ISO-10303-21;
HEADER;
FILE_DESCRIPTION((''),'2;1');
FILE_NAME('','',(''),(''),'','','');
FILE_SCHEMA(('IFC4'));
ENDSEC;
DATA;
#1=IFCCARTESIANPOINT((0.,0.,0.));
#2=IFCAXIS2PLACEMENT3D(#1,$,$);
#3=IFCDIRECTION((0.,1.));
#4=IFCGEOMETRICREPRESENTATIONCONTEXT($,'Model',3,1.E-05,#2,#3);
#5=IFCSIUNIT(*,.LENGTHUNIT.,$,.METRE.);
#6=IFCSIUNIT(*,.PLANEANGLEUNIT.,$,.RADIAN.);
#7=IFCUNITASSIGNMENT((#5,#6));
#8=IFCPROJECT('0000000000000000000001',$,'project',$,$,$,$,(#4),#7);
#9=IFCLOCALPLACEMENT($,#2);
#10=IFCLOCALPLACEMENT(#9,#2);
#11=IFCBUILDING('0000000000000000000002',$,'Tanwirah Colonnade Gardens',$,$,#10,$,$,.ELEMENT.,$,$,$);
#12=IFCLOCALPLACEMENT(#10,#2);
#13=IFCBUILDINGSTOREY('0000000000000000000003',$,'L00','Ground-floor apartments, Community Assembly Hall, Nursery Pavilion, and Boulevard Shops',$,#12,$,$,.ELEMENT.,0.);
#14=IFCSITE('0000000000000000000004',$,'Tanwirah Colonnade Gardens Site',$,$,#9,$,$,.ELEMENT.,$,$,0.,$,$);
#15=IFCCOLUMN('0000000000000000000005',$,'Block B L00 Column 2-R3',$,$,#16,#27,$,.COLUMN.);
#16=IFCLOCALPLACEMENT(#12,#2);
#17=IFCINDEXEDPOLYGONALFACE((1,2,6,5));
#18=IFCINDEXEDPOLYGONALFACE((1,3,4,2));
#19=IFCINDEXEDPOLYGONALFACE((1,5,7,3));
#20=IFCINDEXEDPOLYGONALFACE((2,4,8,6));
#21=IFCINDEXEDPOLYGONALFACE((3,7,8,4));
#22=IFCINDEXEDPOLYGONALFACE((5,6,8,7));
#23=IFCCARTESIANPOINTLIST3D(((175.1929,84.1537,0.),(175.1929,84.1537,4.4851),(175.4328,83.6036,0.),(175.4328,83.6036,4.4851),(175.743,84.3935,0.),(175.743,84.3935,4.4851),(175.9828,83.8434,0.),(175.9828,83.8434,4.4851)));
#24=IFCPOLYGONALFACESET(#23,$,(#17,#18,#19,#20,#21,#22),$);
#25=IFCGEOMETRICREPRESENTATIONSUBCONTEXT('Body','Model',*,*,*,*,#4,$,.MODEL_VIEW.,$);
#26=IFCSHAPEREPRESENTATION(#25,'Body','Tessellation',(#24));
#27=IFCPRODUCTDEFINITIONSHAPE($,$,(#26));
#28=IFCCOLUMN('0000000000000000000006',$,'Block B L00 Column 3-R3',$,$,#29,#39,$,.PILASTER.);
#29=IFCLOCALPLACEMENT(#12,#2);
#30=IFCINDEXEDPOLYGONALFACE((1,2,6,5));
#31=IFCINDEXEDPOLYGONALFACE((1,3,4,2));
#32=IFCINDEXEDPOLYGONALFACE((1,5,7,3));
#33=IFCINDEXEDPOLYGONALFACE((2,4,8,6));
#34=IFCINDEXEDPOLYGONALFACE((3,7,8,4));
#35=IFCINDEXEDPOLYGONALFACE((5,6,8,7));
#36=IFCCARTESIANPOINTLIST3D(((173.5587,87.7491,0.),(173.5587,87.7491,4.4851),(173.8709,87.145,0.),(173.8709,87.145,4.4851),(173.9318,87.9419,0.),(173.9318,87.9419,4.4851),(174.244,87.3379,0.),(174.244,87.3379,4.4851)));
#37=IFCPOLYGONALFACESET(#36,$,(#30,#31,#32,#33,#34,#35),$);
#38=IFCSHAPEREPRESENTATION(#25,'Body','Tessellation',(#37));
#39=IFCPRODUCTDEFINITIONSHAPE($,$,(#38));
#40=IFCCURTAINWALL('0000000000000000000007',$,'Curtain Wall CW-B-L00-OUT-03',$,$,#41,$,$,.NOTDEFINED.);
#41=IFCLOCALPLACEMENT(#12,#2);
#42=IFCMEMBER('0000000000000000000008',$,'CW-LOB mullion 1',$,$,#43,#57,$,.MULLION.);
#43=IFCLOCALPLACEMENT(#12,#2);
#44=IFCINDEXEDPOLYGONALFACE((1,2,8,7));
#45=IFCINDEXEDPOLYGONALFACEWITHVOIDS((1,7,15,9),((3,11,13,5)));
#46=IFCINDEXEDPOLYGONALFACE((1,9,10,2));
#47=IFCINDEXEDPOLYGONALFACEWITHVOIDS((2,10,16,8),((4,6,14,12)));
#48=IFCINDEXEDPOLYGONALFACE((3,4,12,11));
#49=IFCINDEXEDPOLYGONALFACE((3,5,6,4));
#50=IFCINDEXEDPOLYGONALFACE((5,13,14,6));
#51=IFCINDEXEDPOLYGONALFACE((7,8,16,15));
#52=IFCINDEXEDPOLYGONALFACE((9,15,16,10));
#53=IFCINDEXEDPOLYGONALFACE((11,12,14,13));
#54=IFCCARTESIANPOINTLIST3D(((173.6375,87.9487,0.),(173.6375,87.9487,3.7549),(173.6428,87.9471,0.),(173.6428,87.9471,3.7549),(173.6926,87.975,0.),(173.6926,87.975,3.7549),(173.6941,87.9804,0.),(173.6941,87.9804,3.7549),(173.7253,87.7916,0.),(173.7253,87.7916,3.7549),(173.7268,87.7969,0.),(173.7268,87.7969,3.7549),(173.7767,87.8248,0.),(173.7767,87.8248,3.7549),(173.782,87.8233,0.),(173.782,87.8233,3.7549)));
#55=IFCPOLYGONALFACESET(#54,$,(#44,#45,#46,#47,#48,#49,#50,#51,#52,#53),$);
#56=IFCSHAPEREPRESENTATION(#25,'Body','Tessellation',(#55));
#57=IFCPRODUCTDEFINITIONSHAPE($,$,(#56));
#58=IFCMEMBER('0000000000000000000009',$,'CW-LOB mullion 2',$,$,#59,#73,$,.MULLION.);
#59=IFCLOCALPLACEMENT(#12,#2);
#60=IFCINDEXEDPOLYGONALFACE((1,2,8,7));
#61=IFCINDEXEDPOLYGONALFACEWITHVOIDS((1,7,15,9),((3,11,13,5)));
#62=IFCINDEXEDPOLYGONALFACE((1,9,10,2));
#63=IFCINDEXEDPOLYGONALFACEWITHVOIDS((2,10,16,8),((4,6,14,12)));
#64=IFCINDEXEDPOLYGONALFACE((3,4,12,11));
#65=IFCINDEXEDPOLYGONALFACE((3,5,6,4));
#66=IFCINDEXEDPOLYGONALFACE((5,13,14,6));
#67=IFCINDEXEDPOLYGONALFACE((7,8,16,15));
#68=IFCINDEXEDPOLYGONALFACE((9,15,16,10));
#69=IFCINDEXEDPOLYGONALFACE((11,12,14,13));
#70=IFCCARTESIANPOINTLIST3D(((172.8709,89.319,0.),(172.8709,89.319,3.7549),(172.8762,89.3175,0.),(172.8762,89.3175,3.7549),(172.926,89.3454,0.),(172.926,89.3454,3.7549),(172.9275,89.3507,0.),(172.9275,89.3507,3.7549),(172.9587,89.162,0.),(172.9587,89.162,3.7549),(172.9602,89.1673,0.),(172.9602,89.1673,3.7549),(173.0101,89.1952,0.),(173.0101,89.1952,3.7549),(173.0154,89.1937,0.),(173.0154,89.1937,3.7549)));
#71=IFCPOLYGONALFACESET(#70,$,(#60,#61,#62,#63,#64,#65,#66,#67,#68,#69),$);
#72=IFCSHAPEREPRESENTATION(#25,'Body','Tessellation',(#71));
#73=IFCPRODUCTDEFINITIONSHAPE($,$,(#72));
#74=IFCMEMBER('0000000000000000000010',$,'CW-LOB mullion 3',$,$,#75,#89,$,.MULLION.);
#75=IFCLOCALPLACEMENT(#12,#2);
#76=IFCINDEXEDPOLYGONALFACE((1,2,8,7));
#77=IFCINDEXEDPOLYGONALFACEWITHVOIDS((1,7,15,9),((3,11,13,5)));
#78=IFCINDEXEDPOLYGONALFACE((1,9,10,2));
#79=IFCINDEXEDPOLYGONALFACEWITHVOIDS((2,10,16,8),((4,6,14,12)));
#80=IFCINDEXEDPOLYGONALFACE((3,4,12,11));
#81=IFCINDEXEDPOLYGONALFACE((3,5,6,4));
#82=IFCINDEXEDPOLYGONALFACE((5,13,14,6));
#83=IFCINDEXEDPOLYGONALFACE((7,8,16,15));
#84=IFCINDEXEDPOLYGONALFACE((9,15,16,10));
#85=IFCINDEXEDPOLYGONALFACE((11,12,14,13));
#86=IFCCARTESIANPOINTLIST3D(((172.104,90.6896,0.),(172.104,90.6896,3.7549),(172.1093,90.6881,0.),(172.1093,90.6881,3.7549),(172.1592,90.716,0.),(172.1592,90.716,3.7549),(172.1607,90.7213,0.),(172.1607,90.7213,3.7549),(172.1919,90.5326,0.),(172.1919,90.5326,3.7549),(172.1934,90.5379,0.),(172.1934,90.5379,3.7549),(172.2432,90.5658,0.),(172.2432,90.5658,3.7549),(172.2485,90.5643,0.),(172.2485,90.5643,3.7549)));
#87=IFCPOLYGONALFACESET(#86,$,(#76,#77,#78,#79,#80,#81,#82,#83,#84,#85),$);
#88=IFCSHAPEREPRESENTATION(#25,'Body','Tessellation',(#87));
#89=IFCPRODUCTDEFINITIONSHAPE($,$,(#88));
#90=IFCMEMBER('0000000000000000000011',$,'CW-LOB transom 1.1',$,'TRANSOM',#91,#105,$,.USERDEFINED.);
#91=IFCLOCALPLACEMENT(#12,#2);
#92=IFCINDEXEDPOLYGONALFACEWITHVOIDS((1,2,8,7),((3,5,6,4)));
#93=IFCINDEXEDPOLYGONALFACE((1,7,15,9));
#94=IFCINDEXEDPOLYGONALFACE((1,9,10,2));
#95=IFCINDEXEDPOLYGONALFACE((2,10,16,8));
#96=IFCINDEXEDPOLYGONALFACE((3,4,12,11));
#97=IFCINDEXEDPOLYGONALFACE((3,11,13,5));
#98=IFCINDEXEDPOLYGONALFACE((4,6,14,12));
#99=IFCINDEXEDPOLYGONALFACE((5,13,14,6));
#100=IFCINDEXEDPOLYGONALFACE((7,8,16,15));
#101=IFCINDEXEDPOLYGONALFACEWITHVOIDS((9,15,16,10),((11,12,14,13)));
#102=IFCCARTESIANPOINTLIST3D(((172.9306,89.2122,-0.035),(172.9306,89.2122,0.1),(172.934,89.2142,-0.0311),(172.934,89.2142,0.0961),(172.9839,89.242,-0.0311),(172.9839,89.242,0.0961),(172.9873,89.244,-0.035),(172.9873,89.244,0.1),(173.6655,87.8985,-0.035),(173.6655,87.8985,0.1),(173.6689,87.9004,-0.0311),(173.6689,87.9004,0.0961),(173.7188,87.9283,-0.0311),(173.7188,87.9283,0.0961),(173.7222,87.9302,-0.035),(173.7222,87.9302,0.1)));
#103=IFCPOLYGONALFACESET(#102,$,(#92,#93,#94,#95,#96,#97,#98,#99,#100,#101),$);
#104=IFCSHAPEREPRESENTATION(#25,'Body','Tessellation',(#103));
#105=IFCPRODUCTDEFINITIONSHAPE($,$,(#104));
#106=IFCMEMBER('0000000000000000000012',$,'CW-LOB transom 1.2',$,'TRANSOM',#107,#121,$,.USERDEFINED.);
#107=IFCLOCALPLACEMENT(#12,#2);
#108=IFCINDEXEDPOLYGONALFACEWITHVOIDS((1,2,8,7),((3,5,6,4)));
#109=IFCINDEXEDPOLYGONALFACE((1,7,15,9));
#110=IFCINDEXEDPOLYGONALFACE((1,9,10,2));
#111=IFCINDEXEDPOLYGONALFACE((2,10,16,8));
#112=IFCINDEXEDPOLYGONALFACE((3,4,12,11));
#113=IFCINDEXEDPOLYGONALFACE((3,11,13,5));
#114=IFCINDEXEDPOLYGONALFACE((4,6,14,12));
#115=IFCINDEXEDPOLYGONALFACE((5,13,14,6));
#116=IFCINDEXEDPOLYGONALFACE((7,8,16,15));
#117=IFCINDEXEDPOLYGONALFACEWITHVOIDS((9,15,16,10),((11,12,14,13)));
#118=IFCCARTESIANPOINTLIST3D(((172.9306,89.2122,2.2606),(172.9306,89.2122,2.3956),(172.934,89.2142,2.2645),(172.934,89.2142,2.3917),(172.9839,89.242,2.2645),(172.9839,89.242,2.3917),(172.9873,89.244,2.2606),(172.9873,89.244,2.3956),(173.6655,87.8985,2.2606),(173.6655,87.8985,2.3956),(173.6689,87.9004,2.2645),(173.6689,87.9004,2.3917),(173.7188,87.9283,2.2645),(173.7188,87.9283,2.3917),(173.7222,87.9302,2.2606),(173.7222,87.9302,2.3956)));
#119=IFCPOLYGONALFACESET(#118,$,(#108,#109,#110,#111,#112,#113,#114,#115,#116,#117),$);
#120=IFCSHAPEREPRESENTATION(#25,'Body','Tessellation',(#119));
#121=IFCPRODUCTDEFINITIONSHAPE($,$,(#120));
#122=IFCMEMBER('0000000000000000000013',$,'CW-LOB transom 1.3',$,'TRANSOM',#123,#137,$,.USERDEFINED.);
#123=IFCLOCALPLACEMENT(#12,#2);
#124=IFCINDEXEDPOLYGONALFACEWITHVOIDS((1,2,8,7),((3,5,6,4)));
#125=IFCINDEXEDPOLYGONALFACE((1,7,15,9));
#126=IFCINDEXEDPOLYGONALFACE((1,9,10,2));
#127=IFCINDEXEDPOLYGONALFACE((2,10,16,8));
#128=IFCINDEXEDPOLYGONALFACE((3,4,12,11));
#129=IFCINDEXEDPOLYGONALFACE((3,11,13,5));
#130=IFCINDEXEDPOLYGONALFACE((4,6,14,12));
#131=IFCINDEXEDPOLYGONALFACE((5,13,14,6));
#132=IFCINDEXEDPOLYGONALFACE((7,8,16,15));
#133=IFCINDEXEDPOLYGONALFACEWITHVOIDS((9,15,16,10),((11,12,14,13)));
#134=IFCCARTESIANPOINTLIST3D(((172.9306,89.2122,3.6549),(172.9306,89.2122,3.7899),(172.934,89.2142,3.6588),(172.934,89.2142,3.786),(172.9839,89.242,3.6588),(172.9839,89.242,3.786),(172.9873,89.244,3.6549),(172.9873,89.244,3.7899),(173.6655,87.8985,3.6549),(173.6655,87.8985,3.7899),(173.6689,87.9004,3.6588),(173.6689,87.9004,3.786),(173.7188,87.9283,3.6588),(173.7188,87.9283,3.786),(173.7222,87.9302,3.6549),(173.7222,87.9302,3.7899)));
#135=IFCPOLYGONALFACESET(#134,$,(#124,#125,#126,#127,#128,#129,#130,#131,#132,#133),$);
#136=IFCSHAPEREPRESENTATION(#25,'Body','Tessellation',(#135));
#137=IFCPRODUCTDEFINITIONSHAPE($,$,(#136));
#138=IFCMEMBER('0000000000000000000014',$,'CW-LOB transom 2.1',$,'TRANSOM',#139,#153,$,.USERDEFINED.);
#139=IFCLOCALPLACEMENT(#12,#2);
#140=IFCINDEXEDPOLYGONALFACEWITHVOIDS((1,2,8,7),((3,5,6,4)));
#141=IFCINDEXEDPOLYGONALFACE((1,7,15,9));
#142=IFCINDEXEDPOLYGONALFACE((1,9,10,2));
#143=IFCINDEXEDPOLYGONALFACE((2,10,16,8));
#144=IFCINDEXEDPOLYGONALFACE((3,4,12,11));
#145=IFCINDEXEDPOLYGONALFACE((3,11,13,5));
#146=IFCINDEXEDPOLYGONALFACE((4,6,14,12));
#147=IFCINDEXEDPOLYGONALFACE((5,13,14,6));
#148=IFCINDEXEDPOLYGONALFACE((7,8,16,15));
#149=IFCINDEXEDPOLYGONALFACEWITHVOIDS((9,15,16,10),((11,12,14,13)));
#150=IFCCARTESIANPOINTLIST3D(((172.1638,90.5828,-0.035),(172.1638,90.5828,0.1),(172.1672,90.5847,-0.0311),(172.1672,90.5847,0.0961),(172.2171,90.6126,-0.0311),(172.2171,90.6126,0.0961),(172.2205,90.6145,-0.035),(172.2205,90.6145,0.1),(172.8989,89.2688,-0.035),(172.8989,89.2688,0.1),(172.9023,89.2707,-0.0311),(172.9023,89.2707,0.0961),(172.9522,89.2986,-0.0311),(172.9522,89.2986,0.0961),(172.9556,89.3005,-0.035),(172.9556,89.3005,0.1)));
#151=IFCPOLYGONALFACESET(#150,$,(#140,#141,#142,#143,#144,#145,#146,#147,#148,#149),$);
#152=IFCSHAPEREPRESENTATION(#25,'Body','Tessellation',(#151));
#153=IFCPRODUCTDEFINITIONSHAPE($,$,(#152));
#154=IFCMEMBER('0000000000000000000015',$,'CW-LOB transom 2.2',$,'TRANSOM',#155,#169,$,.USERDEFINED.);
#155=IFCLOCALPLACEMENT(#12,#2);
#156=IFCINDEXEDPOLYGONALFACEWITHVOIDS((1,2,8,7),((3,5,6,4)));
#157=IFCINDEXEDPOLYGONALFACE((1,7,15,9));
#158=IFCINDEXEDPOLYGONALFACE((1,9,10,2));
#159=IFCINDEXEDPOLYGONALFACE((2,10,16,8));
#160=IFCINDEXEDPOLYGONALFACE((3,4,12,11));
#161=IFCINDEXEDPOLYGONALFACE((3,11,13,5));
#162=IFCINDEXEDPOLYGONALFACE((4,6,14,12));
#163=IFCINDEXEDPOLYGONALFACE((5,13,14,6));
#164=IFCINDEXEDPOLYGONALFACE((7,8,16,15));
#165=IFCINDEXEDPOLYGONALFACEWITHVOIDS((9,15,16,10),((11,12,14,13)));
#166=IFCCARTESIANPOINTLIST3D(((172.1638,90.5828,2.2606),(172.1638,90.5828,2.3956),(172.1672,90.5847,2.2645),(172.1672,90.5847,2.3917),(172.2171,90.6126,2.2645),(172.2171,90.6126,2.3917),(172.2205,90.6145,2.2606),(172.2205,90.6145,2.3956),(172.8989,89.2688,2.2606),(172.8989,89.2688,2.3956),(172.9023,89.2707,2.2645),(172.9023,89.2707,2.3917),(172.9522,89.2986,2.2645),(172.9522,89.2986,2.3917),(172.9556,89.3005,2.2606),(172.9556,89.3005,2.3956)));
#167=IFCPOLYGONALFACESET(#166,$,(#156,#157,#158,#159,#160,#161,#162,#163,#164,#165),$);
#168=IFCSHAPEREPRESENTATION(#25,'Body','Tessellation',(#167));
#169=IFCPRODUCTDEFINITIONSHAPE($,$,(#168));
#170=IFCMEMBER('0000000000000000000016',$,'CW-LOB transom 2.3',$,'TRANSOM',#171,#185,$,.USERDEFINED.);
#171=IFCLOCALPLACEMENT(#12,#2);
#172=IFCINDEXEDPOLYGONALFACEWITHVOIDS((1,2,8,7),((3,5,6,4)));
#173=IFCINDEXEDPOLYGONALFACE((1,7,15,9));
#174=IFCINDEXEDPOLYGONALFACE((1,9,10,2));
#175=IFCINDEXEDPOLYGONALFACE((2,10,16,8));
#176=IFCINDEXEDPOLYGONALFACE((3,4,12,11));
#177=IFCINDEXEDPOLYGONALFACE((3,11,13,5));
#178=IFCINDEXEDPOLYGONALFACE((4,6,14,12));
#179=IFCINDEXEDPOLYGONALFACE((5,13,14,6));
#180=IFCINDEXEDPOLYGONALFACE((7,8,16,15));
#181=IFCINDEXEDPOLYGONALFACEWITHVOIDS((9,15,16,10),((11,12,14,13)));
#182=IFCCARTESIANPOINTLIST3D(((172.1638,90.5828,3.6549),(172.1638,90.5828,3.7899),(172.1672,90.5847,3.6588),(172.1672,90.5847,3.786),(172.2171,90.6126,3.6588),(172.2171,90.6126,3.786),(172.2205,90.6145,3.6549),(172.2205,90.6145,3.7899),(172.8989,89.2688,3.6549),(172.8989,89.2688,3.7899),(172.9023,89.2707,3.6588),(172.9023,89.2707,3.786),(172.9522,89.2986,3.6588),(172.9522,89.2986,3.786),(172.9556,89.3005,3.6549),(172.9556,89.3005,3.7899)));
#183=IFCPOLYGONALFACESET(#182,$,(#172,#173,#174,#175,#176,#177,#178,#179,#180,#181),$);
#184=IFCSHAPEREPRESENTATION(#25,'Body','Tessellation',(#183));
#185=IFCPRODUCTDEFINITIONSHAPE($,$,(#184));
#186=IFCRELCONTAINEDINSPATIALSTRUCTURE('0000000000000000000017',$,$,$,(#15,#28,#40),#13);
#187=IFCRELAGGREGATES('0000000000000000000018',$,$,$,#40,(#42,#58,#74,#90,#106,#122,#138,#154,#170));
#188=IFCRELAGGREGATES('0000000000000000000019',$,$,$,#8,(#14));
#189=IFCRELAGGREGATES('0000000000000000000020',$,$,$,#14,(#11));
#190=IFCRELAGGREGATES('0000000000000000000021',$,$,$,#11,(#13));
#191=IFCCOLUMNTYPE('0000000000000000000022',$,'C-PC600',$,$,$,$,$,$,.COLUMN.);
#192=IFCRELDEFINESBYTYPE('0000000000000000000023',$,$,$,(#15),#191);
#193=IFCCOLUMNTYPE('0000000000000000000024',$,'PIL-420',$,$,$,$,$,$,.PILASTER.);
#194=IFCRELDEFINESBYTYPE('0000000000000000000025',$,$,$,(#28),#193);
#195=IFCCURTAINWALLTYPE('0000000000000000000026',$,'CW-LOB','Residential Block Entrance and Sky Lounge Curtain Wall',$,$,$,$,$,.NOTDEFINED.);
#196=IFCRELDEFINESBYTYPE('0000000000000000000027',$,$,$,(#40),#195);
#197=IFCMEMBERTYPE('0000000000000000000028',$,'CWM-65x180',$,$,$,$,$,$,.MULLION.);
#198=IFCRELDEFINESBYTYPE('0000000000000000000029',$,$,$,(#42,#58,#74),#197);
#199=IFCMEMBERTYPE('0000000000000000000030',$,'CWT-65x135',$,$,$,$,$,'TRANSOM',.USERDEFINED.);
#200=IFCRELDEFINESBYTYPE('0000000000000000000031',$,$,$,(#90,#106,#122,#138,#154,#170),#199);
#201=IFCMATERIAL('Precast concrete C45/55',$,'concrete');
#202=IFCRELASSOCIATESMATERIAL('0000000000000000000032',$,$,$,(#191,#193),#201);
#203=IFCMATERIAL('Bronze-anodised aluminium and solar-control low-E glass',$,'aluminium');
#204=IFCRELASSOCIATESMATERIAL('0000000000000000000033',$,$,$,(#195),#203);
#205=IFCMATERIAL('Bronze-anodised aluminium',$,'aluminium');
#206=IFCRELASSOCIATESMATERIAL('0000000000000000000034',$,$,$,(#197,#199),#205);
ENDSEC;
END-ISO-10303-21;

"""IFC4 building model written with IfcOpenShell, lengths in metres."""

from ifc_helpers import new_model, si_unit, direction, frame, origin, origin_2d, place, context, subcontext, project, spatial, rectangle, hollow_rectangle, extrude, material, material_profile, profile_set, type_object, element, aggregate, save


model = new_model("IFC4")

# Units and contexts
model_context = context("Model", 3, precision=1e-05, world=origin(), true_north=direction((0.0, 1.0)))
body_context = subcontext(model_context, "Body", "Model", "MODEL_VIEW")
ifc_project = project(units=[si_unit("LENGTHUNIT", "METRE"), si_unit("PLANEANGLEUNIT", "RADIAN")], contexts=[model_context])

# Site, building, storey
site_placement = place(None, origin())
site = spatial("IfcSite", under=ifc_project, at=site_placement, Name="Tanwirah Colonnade Gardens Site", CompositionType="ELEMENT", RefElevation=0.0)
building_placement = place(site_placement, origin())
building = spatial("IfcBuilding", under=site, at=building_placement, Name="Tanwirah Colonnade Gardens", CompositionType="ELEMENT")
storey_placement = place(building_placement, origin())
storey = spatial("IfcBuildingStorey", under=building, at=storey_placement, Name="L00", Description="Ground-floor apartments, Community Assembly Hall, Nursery Pavilion, and Boulevard Shops", CompositionType="ELEMENT", Elevation=0.0)

# Columns
ifc_material_1 = material(Name="Precast concrete C45/55", Category="concrete")
ifc_material_profile_1 = material_profile(ifc_material_1, rectangle(XDim=0.6001, YDim=0.6001, at=origin_2d()), Name="PC-COL 600x600")
ifc_profile_set_1 = profile_set([ifc_material_profile_1], Name="Precast concrete C45/55")
column_type_1 = type_object("IfcColumnType", Name="C-PC600", PredefinedType="COLUMN", material=ifc_profile_set_1)
column_1_placement = place(storey_placement, frame((175.5879, 83.9985, 0.0), z_axis=(0.0, 0.0, 1.0), x_axis=(0.916673, 0.399638, 0.0)))
element("IfcColumn", 1, at=column_1_placement, inside=storey, type_object=column_type_1, Name="Block B L00 Column 2-R3", PredefinedType="COLUMN", context=body_context, shape_type="SweptSolid", body=[
    extrude(rectangle(XDim=0.6001, YDim=0.6001, at=origin_2d()), origin(), (0.0, 0.0, 1.0), 4.4851),
])
ifc_material_profile_2 = material_profile(ifc_material_1, rectangle(XDim=0.4199, YDim=0.6799, at=origin_2d()), Name="PC-PIL 420x680")
ifc_profile_set_2 = profile_set([ifc_material_profile_2], Name="Precast concrete C45/55")
column_type_2 = type_object("IfcColumnType", Name="PIL-420", PredefinedType="PILASTER", material=ifc_profile_set_2)
column_2_placement = place(storey_placement, frame((173.9014, 87.5435, 0.0), z_axis=(0.0, 0.0, 1.0), x_axis=(0.88835, 0.459166, 0.0)))
element("IfcColumn", 2, at=column_2_placement, inside=storey, type_object=column_type_2, Name="Block B L00 Column 3-R3", PredefinedType="PILASTER", context=body_context, shape_type="SweptSolid", body=[
    extrude(rectangle(XDim=0.4199, YDim=0.6799, at=origin_2d()), origin(), (0.0, 0.0, 1.0), 4.4851),
])

# Curtain wall, members
ifc_material_2 = material(Name="Bronze-anodised aluminium and solar-control low-E glass", Category="aluminium")
curtain_wall_type = type_object("IfcCurtainWallType", Name="CW-LOB", Description="Residential Block Entrance and Sky Lounge Curtain Wall", PredefinedType="NOTDEFINED", material=ifc_material_2)
curtain_wall_placement = place(storey_placement, origin())
curtain_wall = element("IfcCurtainWall", 3, at=curtain_wall_placement, inside=storey, type_object=curtain_wall_type, Name="Curtain Wall CW-B-L00-OUT-03", PredefinedType="NOTDEFINED")
ifc_material_3 = material(Name="Bronze-anodised aluminium", Category="aluminium")
ifc_material_profile_3 = material_profile(ifc_material_3, hollow_rectangle(XDim=0.0649, YDim=0.1799, WallThickness=0.0039, at=origin_2d()), Name="CW-MUL 65x180x4")
ifc_profile_set_3 = profile_set([ifc_material_profile_3], Name="Bronze-anodised aluminium")
member_type_1 = type_object("IfcMemberType", Name="CWM-65x180", PredefinedType="MULLION", material=ifc_profile_set_3)
member_1_placement = place(storey_placement, frame((173.7097, 87.886, 0.0), z_axis=(0.0, 0.0, 1.0), x_axis=(-0.872732, -0.4882, 0.0)))
member_1 = element("IfcMember", 4, at=member_1_placement, type_object=member_type_1, Name="CW-LOB mullion 1", PredefinedType="MULLION", context=body_context, shape_type="SweptSolid", body=[
    extrude(hollow_rectangle(XDim=0.0649, YDim=0.1799, WallThickness=0.0039, at=origin_2d()), origin(), (0.0, 0.0, 1.0), 3.7549),
])
member_2_placement = place(storey_placement, frame((172.9431, 89.2563, 0.0), z_axis=(0.0, 0.0, 1.0), x_axis=(-0.872732, -0.4882, 0.0)))
member_2 = element("IfcMember", 5, at=member_2_placement, type_object=member_type_1, Name="CW-LOB mullion 2", PredefinedType="MULLION", context=body_context, shape_type="SweptSolid", body=[
    extrude(hollow_rectangle(XDim=0.0649, YDim=0.1799, WallThickness=0.0039, at=origin_2d()), origin(), (0.0, 0.0, 1.0), 3.7549),
])
member_3_placement = place(storey_placement, frame((172.1763, 90.627, 0.0), z_axis=(0.0, 0.0, 1.0), x_axis=(-0.872732, -0.4882, 0.0)))
member_3 = element("IfcMember", 6, at=member_3_placement, type_object=member_type_1, Name="CW-LOB mullion 3", PredefinedType="MULLION", context=body_context, shape_type="SweptSolid", body=[
    extrude(hollow_rectangle(XDim=0.0649, YDim=0.1799, WallThickness=0.0039, at=origin_2d()), origin(), (0.0, 0.0, 1.0), 3.7549),
])
ifc_material_profile_4 = material_profile(ifc_material_3, hollow_rectangle(XDim=0.0649, YDim=0.135, WallThickness=0.0039, at=origin_2d()), Name="CW-TRN 65x135x4")
ifc_profile_set_4 = profile_set([ifc_material_profile_4], Name="Bronze-anodised aluminium")
member_type_2 = type_object("IfcMemberType", Name="CWT-65x135", ElementType="TRANSOM", PredefinedType="USERDEFINED", material=ifc_profile_set_4)
member_4_placement = place(storey_placement, frame((173.6938, 87.9143, 0.0325), z_axis=(-0.488188, 0.872738, 0.0), x_axis=(-0.872738, -0.488188, 0.0)))
member_4 = element("IfcMember", 7, at=member_4_placement, type_object=member_type_2, Name="CW-LOB transom 1.1", ObjectType="TRANSOM", PredefinedType="USERDEFINED", context=body_context, shape_type="SweptSolid", body=[
    extrude(hollow_rectangle(XDim=0.0649, YDim=0.135, WallThickness=0.0039, at=origin_2d()), origin(), (0.0, 0.0, 1.0), 1.5054),
])
member_5_placement = place(storey_placement, frame((173.6938, 87.9143, 2.3281), z_axis=(-0.488188, 0.872738, 0.0), x_axis=(-0.872738, -0.488188, 0.0)))
member_5 = element("IfcMember", 8, at=member_5_placement, type_object=member_type_2, Name="CW-LOB transom 1.2", ObjectType="TRANSOM", PredefinedType="USERDEFINED", context=body_context, shape_type="SweptSolid", body=[
    extrude(hollow_rectangle(XDim=0.0649, YDim=0.135, WallThickness=0.0039, at=origin_2d()), origin(), (0.0, 0.0, 1.0), 1.5054),
])
member_6_placement = place(storey_placement, frame((173.6938, 87.9143, 3.7224), z_axis=(-0.488188, 0.872738, 0.0), x_axis=(-0.872738, -0.488188, 0.0)))
member_6 = element("IfcMember", 9, at=member_6_placement, type_object=member_type_2, Name="CW-LOB transom 1.3", ObjectType="TRANSOM", PredefinedType="USERDEFINED", context=body_context, shape_type="SweptSolid", body=[
    extrude(hollow_rectangle(XDim=0.0649, YDim=0.135, WallThickness=0.0039, at=origin_2d()), origin(), (0.0, 0.0, 1.0), 1.5054),
])
member_7_placement = place(storey_placement, frame((172.9272, 89.2847, 0.0325), z_axis=(-0.488243, 0.872708, 0.0), x_axis=(-0.872708, -0.488243, 0.0)))
member_7 = element("IfcMember", 10, at=member_7_placement, type_object=member_type_2, Name="CW-LOB transom 2.1", ObjectType="TRANSOM", PredefinedType="USERDEFINED", context=body_context, shape_type="SweptSolid", body=[
    extrude(hollow_rectangle(XDim=0.0649, YDim=0.135, WallThickness=0.0039, at=origin_2d()), origin(), (0.0, 0.0, 1.0), 1.5056),
])
member_8_placement = place(storey_placement, frame((172.9272, 89.2847, 2.3281), z_axis=(-0.488243, 0.872708, 0.0), x_axis=(-0.872708, -0.488243, 0.0)))
member_8 = element("IfcMember", 11, at=member_8_placement, type_object=member_type_2, Name="CW-LOB transom 2.2", ObjectType="TRANSOM", PredefinedType="USERDEFINED", context=body_context, shape_type="SweptSolid", body=[
    extrude(hollow_rectangle(XDim=0.0649, YDim=0.135, WallThickness=0.0039, at=origin_2d()), origin(), (0.0, 0.0, 1.0), 1.5056),
])
member_9_placement = place(storey_placement, frame((172.9272, 89.2847, 3.7224), z_axis=(-0.488243, 0.872708, 0.0), x_axis=(-0.872708, -0.488243, 0.0)))
member_9 = element("IfcMember", 12, at=member_9_placement, type_object=member_type_2, Name="CW-LOB transom 2.3", ObjectType="TRANSOM", PredefinedType="USERDEFINED", context=body_context, shape_type="SweptSolid", body=[
    extrude(hollow_rectangle(XDim=0.0649, YDim=0.135, WallThickness=0.0039, at=origin_2d()), origin(), (0.0, 0.0, 1.0), 1.5056),
])

aggregate(curtain_wall, [member_1, member_2, member_3, member_4, member_5, member_6, member_7, member_8, member_9])

save(model, "model.ifc")
